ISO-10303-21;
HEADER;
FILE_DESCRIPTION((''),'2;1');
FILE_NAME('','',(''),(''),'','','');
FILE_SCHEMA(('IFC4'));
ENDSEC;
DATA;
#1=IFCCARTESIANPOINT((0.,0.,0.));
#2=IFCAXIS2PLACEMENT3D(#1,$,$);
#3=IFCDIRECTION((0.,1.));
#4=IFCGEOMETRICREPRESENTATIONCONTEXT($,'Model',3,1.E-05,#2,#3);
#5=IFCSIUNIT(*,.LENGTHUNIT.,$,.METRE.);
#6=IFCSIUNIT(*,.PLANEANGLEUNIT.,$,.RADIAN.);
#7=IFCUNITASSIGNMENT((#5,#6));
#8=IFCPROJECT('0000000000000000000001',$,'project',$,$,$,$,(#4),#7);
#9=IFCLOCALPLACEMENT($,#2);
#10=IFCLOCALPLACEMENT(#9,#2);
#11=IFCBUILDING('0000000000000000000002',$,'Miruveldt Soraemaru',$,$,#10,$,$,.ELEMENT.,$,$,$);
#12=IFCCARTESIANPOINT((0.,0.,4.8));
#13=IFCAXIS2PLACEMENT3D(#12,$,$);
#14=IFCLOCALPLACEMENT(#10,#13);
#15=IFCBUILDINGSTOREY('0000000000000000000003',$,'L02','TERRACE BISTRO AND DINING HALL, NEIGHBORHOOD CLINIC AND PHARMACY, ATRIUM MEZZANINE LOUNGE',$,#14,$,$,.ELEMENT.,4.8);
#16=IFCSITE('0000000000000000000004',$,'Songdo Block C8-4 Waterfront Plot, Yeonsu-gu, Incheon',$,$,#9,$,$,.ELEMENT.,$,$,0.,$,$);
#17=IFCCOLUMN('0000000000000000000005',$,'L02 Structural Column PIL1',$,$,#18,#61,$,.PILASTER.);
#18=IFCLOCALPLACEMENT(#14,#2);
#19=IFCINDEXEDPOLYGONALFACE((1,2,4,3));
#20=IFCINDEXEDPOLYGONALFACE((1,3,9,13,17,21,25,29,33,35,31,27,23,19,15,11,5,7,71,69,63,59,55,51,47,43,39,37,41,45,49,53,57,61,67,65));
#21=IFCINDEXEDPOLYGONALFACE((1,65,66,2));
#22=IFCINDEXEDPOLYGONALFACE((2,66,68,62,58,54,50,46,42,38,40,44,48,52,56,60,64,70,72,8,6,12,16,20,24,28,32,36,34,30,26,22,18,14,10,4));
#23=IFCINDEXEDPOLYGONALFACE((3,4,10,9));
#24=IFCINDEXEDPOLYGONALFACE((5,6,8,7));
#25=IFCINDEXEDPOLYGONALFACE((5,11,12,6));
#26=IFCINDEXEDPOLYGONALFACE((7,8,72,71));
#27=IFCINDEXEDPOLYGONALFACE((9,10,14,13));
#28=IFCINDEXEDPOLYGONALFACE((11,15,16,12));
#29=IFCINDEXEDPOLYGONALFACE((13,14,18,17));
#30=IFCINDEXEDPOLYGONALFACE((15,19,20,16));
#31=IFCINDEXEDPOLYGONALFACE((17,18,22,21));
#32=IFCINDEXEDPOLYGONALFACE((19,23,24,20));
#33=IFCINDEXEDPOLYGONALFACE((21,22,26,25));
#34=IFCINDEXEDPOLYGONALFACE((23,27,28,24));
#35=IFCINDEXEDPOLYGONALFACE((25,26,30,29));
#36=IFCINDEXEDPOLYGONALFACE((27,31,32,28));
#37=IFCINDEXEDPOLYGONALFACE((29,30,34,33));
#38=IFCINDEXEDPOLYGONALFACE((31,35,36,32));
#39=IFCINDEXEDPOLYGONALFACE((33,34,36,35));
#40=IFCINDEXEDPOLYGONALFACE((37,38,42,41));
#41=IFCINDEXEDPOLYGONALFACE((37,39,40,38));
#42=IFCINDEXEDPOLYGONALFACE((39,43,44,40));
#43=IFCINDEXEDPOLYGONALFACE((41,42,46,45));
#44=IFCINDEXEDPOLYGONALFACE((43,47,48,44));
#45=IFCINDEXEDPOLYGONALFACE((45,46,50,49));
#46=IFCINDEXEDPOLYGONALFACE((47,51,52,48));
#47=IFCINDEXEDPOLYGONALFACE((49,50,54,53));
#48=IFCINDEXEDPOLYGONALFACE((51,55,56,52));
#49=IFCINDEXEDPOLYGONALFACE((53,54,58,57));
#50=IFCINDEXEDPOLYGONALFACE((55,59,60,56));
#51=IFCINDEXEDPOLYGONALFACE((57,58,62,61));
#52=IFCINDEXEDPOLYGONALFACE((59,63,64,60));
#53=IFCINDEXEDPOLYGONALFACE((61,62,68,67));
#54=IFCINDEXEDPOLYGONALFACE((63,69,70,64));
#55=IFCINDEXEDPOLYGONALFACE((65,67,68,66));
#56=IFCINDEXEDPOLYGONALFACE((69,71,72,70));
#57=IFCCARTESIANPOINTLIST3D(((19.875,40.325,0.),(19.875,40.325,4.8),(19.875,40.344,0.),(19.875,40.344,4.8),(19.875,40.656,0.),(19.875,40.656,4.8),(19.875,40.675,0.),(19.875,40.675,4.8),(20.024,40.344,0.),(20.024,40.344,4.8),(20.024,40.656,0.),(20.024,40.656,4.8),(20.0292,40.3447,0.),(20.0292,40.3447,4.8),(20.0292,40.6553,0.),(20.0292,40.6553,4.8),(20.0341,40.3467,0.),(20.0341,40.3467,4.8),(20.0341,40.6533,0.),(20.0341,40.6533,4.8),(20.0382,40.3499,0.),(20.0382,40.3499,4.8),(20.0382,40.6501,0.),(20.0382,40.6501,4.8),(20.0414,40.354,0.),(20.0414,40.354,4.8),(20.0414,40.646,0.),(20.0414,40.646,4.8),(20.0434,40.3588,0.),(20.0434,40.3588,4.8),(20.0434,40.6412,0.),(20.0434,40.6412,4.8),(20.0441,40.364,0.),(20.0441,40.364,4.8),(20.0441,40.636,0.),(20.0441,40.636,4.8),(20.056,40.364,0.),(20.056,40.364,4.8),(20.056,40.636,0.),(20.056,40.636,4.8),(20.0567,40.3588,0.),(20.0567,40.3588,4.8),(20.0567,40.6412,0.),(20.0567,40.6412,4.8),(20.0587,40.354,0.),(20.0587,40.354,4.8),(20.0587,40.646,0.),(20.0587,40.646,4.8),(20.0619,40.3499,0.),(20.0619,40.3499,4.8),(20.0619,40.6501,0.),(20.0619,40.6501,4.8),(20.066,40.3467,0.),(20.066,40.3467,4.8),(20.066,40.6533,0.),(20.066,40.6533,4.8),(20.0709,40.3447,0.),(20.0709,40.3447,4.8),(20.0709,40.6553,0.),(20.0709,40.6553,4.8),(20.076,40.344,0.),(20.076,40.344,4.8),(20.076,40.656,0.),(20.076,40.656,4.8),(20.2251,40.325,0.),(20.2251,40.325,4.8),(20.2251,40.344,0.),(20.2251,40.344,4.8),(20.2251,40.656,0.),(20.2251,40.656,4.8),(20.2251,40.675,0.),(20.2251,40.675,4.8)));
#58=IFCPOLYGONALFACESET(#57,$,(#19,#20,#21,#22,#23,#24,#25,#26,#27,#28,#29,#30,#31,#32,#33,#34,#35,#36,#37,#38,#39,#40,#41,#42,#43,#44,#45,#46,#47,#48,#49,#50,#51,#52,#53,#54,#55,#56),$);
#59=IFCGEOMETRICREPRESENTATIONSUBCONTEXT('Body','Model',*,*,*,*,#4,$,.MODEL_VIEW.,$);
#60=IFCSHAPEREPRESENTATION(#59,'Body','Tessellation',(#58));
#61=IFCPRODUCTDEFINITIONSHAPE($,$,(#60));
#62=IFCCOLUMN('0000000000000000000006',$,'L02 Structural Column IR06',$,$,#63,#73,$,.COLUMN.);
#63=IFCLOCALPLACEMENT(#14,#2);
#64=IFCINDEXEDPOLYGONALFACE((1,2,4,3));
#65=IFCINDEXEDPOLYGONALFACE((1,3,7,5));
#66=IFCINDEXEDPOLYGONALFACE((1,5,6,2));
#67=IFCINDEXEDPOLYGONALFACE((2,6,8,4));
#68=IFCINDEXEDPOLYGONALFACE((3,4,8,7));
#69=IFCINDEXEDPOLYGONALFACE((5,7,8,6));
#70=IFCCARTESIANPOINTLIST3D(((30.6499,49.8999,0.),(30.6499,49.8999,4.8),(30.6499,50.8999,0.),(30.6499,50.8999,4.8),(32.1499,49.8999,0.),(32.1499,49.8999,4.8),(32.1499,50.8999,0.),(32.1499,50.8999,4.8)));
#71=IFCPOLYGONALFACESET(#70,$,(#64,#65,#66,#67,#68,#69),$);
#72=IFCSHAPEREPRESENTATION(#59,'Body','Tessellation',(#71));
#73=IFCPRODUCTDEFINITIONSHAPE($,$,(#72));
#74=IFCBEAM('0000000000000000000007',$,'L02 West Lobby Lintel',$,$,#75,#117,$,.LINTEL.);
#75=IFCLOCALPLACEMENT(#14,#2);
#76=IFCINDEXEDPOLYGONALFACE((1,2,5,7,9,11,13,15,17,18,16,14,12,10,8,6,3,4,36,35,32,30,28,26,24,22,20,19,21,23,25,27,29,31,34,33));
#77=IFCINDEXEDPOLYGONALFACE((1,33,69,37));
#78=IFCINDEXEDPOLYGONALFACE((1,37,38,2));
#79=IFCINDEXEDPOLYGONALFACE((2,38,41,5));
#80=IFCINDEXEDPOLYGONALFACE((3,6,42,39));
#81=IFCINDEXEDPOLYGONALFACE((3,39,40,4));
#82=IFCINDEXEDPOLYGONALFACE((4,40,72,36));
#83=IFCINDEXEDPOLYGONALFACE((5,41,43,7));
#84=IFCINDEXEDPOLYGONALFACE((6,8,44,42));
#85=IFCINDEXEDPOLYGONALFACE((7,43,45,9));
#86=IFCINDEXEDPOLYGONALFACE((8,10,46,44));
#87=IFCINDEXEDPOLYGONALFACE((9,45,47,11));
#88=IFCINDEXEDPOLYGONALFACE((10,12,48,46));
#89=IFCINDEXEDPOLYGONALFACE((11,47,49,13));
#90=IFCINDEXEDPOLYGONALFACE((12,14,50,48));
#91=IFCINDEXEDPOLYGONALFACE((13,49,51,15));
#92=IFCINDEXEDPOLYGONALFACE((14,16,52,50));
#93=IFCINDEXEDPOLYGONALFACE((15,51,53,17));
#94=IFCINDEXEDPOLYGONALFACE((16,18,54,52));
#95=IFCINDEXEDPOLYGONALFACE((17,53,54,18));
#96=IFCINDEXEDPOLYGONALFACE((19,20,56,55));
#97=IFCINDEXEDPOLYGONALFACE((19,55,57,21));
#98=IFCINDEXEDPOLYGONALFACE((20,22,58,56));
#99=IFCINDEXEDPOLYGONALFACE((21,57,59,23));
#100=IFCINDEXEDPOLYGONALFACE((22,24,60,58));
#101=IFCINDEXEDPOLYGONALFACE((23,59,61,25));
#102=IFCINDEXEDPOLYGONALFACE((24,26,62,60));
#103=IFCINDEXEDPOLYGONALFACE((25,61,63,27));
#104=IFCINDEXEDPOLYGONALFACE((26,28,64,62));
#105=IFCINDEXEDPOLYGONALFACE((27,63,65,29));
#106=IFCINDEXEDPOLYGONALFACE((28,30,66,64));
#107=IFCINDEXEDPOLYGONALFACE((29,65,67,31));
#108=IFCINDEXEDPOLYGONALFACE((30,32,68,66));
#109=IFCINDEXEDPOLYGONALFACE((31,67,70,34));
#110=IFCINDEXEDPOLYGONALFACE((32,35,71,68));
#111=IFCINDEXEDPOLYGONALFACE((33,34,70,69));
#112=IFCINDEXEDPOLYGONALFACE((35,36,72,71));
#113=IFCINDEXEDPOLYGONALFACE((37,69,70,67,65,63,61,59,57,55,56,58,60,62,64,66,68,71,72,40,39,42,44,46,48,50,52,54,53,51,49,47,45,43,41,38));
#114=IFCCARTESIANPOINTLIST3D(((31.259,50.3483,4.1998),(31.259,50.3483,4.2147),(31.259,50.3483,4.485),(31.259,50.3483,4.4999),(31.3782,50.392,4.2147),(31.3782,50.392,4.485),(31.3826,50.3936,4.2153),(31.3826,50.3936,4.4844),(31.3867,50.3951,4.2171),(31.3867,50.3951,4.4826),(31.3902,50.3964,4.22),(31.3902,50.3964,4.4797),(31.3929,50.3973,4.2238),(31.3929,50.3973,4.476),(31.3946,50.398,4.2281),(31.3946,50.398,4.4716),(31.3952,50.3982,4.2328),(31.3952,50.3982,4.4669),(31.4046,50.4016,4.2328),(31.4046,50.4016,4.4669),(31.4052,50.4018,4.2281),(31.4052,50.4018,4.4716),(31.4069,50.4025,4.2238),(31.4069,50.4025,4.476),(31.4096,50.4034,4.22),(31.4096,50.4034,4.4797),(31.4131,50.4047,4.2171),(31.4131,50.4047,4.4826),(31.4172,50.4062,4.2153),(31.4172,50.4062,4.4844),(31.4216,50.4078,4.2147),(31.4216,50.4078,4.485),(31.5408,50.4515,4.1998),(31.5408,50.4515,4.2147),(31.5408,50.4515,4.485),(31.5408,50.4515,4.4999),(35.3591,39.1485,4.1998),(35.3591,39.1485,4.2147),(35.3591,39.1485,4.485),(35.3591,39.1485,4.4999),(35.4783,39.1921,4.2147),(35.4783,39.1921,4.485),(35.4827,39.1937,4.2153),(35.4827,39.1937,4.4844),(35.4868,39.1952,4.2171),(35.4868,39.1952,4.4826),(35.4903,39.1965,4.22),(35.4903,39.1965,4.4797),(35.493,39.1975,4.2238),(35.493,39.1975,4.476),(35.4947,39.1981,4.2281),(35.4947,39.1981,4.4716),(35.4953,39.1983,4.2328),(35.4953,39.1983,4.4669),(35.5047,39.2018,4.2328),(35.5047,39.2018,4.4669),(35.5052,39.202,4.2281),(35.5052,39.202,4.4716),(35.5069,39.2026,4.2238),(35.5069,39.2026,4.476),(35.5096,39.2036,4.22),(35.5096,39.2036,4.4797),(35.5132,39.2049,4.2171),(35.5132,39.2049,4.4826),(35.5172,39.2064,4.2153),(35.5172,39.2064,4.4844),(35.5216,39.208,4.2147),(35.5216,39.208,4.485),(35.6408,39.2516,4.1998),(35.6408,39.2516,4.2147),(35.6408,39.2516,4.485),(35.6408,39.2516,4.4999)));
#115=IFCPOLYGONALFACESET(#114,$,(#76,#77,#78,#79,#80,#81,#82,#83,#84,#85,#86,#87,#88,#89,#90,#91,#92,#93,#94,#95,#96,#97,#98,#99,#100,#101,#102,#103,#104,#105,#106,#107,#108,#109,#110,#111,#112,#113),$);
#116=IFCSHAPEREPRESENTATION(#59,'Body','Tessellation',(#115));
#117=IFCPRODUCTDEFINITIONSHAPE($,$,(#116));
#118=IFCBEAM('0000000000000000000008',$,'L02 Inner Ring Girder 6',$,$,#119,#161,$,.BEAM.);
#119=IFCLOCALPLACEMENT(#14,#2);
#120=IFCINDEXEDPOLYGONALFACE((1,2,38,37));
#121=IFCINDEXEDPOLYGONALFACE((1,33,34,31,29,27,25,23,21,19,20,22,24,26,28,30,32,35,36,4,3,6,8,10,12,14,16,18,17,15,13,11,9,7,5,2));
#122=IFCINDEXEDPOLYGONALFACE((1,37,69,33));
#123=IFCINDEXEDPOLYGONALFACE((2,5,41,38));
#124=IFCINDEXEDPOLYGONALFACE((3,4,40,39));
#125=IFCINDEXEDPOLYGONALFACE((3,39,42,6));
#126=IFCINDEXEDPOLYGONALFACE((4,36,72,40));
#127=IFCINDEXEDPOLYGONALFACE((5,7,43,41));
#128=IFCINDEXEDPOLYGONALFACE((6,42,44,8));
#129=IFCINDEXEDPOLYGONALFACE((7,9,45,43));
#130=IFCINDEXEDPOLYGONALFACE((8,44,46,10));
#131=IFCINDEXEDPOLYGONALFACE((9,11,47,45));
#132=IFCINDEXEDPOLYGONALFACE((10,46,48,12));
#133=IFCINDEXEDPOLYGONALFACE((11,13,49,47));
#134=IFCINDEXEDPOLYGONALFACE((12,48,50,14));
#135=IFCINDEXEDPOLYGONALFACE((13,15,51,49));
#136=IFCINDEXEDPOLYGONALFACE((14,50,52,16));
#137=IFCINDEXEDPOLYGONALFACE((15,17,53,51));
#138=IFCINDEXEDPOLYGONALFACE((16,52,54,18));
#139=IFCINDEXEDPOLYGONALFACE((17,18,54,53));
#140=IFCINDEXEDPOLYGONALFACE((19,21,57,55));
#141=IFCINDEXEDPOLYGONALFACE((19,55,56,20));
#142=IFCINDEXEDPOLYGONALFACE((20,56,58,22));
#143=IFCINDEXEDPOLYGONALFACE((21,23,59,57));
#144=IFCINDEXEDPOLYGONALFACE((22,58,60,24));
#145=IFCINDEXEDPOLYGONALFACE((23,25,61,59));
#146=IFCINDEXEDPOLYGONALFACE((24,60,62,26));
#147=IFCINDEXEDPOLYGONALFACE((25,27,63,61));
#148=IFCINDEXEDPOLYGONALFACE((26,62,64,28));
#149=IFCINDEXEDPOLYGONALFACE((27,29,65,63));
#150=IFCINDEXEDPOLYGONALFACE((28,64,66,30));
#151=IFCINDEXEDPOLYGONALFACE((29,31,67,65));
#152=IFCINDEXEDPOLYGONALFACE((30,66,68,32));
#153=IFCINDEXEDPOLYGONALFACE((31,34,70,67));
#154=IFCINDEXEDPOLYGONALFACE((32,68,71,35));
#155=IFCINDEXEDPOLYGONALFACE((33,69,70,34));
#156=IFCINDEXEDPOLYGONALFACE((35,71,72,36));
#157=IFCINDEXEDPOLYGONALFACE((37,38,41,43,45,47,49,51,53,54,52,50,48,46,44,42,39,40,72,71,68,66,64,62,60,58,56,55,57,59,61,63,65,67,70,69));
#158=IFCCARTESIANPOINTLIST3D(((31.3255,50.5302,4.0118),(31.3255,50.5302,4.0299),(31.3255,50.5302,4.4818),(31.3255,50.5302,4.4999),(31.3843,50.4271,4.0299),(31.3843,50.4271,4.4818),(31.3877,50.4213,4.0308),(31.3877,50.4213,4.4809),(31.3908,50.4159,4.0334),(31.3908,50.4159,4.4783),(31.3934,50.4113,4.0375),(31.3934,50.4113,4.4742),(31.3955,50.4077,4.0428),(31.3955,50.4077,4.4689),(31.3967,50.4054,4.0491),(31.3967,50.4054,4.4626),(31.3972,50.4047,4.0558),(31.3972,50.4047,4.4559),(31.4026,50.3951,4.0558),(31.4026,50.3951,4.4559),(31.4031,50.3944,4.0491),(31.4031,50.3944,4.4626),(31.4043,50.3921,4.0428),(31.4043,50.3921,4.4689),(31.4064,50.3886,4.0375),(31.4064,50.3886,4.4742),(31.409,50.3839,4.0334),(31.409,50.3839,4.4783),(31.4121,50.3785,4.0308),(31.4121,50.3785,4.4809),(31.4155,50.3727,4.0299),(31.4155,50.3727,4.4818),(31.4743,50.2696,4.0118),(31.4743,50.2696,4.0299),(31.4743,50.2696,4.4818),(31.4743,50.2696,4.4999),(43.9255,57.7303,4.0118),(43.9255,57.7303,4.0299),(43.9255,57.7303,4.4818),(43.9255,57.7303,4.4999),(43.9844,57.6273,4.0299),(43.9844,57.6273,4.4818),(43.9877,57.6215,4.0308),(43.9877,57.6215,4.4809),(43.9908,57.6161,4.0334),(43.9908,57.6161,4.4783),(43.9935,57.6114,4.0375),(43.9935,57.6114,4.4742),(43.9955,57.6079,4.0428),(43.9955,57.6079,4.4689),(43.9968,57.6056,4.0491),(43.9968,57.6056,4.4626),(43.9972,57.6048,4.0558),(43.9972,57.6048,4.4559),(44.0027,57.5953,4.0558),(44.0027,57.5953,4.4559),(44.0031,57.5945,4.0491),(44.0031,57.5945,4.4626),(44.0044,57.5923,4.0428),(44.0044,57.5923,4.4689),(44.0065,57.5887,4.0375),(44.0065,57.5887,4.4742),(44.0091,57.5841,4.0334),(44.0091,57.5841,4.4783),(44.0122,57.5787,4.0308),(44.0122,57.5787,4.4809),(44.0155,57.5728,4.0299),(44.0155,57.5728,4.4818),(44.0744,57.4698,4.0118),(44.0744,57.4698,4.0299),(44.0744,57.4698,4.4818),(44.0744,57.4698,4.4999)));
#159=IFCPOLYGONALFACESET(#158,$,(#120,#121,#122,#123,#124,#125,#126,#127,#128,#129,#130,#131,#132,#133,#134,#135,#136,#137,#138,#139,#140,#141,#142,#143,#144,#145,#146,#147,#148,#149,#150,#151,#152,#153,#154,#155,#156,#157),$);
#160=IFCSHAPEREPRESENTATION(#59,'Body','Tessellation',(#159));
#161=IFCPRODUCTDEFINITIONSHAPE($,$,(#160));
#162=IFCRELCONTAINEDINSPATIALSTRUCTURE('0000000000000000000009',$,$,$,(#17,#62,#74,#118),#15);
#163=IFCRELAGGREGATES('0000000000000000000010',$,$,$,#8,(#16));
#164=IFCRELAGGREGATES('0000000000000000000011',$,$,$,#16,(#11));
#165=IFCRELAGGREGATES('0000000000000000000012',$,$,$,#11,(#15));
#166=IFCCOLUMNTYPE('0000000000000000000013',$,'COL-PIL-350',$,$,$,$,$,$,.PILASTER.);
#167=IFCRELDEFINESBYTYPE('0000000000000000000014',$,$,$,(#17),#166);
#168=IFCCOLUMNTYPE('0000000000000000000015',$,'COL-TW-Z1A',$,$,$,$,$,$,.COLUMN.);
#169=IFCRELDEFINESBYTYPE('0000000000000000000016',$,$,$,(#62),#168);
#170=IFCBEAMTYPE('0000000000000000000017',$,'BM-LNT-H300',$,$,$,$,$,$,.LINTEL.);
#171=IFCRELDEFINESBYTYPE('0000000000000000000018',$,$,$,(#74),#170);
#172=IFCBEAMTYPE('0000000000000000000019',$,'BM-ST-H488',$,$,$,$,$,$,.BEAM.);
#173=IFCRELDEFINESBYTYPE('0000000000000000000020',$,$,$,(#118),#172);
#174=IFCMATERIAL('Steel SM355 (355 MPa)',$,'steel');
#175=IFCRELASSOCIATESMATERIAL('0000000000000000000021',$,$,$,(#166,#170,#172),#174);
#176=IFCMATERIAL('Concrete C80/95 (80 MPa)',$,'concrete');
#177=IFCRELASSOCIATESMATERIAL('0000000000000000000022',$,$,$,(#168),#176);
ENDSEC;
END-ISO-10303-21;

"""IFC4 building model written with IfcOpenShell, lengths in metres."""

from ifc_helpers import new_model, si_unit, direction, frame, origin, origin_2d, place, context, subcontext, project, spatial, rectangle, i_section, extrude, material, material_profile, profile_set, type_object, element, save


model = new_model("IFC4")

# Units and contexts
model_context = context("Model", 3, precision=1e-05, world=origin(), true_north=direction((0.0, 1.0)))
body_context = subcontext(model_context, "Body", "Model", "MODEL_VIEW")
ifc_project = project(units=[si_unit("LENGTHUNIT", "METRE"), si_unit("PLANEANGLEUNIT", "RADIAN")], contexts=[model_context])

# Site, building, storey
site_placement = place(None, origin())
site = spatial("IfcSite", under=ifc_project, at=site_placement, Name="Songdo Block C8-4 Waterfront Plot, Yeonsu-gu, Incheon", CompositionType="ELEMENT", RefElevation=0.0)
building_placement = place(site_placement, origin())
building = spatial("IfcBuilding", under=site, at=building_placement, Name="Miruveldt Soraemaru", CompositionType="ELEMENT")
storey_placement = place(building_placement, frame((0.0, 0.0, 4.8)))
storey = spatial("IfcBuildingStorey", under=building, at=storey_placement, Name="L02", Description="TERRACE BISTRO AND DINING HALL, NEIGHBORHOOD CLINIC AND PHARMACY, ATRIUM MEZZANINE LOUNGE", CompositionType="ELEMENT", Elevation=4.8)

# Columns
ifc_material_1 = material(Name="Steel SM355 (355 MPa)", Category="steel")
ifc_material_profile_1 = material_profile(ifc_material_1, i_section(OverallWidth=0.3501, OverallDepth=0.3501, WebThickness=0.012, FlangeThickness=0.019, FilletRadius=0.02, at=origin_2d()), Name="Steel SM355 (355 MPa)", Category="steel")
ifc_profile_set_1 = profile_set([ifc_material_profile_1], Name="Steel SM355 (355 MPa)")
column_type_1 = type_object("IfcColumnType", Name="COL-PIL-350", PredefinedType="PILASTER", material=ifc_profile_set_1)
column_1_placement = place(storey_placement, frame((20.05, 40.5, 0.0), z_axis=(0.0, 0.0, 1.0), x_axis=(1.0, 0.0, 0.0)))
element("IfcColumn", 1, at=column_1_placement, inside=storey, type_object=column_type_1, Name="L02 Structural Column PIL1", PredefinedType="PILASTER", context=body_context, shape_type="SweptSolid", body=[
    extrude(i_section(OverallWidth=0.3501, OverallDepth=0.3501, WebThickness=0.012, FlangeThickness=0.019, FilletRadius=0.02, at=origin_2d()), origin(), (0.0, 0.0, 1.0), 4.8),
])
ifc_material_2 = material(Name="Concrete C80/95 (80 MPa)", Category="concrete")
ifc_material_profile_2 = material_profile(ifc_material_2, rectangle(XDim=1.5, YDim=1.0, at=origin_2d()), Name="Concrete C80/95 (80 MPa)", Category="concrete")
ifc_profile_set_2 = profile_set([ifc_material_profile_2], Name="Concrete C80/95 (80 MPa)")
column_type_2 = type_object("IfcColumnType", Name="COL-TW-Z1A", PredefinedType="COLUMN", material=ifc_profile_set_2)
column_2_placement = place(storey_placement, frame((31.3999, 50.3999, 0.0), z_axis=(0.0, 0.0, 1.0), x_axis=(1.0, 0.0, 0.0)))
element("IfcColumn", 2, at=column_2_placement, inside=storey, type_object=column_type_2, Name="L02 Structural Column IR06", PredefinedType="COLUMN", context=body_context, shape_type="SweptSolid", body=[
    extrude(rectangle(XDim=1.5, YDim=1.0, at=origin_2d()), origin(), (0.0, 0.0, 1.0), 4.8),
])

# Beams
ifc_material_profile_3 = material_profile(ifc_material_1, i_section(OverallWidth=0.3, OverallDepth=0.3, WebThickness=0.01, FlangeThickness=0.0149, FilletRadius=0.0181, at=origin_2d()), Name="Steel SM355 (355 MPa)", Category="steel")
ifc_profile_set_3 = profile_set([ifc_material_profile_3], Name="Steel SM355 (355 MPa)")
beam_type_1 = type_object("IfcBeamType", Name="BM-LNT-H300", PredefinedType="LINTEL", material=ifc_profile_set_3)
beam_1_placement = place(storey_placement, frame((31.3999, 50.3999, 4.3499), z_axis=(0.34377, -0.939054, 0.0), x_axis=(0.939054, 0.34377, 0.0)))
element("IfcBeam", 3, at=beam_1_placement, inside=storey, type_object=beam_type_1, Name="L02 West Lobby Lintel", PredefinedType="LINTEL", context=body_context, shape_type="SweptSolid", body=[
    extrude(i_section(OverallWidth=0.3, OverallDepth=0.3, WebThickness=0.01, FlangeThickness=0.0149, FilletRadius=0.0181, at=origin_2d()), origin(), (0.0, 0.0, 1.0), 11.9268),
])
ifc_material_profile_4 = material_profile(ifc_material_1, i_section(OverallWidth=0.3, OverallDepth=0.488, WebThickness=0.011, FlangeThickness=0.0181, FilletRadius=0.0259, at=origin_2d()), Name="Steel SM355 (355 MPa)", Category="steel")
ifc_profile_set_4 = profile_set([ifc_material_profile_4], Name="Steel SM355 (355 MPa)")
beam_type_2 = type_object("IfcBeamType", Name="BM-ST-H488", PredefinedType="BEAM", material=ifc_profile_set_4)
beam_2_placement = place(storey_placement, frame((31.3999, 50.3999, 4.2559), z_axis=(0.868239, 0.496146, 0.0), x_axis=(-0.496146, 0.868239, 0.0)))
element("IfcBeam", 4, at=beam_2_placement, inside=storey, type_object=beam_type_2, Name="L02 Inner Ring Girder 6", PredefinedType="BEAM", context=body_context, shape_type="SweptSolid", body=[
    extrude(i_section(OverallWidth=0.3, OverallDepth=0.488, WebThickness=0.011, FlangeThickness=0.0181, FilletRadius=0.0259, at=origin_2d()), origin(), (0.0, 0.0, 1.0), 14.5122),
])

save(model, "model.ifc")
